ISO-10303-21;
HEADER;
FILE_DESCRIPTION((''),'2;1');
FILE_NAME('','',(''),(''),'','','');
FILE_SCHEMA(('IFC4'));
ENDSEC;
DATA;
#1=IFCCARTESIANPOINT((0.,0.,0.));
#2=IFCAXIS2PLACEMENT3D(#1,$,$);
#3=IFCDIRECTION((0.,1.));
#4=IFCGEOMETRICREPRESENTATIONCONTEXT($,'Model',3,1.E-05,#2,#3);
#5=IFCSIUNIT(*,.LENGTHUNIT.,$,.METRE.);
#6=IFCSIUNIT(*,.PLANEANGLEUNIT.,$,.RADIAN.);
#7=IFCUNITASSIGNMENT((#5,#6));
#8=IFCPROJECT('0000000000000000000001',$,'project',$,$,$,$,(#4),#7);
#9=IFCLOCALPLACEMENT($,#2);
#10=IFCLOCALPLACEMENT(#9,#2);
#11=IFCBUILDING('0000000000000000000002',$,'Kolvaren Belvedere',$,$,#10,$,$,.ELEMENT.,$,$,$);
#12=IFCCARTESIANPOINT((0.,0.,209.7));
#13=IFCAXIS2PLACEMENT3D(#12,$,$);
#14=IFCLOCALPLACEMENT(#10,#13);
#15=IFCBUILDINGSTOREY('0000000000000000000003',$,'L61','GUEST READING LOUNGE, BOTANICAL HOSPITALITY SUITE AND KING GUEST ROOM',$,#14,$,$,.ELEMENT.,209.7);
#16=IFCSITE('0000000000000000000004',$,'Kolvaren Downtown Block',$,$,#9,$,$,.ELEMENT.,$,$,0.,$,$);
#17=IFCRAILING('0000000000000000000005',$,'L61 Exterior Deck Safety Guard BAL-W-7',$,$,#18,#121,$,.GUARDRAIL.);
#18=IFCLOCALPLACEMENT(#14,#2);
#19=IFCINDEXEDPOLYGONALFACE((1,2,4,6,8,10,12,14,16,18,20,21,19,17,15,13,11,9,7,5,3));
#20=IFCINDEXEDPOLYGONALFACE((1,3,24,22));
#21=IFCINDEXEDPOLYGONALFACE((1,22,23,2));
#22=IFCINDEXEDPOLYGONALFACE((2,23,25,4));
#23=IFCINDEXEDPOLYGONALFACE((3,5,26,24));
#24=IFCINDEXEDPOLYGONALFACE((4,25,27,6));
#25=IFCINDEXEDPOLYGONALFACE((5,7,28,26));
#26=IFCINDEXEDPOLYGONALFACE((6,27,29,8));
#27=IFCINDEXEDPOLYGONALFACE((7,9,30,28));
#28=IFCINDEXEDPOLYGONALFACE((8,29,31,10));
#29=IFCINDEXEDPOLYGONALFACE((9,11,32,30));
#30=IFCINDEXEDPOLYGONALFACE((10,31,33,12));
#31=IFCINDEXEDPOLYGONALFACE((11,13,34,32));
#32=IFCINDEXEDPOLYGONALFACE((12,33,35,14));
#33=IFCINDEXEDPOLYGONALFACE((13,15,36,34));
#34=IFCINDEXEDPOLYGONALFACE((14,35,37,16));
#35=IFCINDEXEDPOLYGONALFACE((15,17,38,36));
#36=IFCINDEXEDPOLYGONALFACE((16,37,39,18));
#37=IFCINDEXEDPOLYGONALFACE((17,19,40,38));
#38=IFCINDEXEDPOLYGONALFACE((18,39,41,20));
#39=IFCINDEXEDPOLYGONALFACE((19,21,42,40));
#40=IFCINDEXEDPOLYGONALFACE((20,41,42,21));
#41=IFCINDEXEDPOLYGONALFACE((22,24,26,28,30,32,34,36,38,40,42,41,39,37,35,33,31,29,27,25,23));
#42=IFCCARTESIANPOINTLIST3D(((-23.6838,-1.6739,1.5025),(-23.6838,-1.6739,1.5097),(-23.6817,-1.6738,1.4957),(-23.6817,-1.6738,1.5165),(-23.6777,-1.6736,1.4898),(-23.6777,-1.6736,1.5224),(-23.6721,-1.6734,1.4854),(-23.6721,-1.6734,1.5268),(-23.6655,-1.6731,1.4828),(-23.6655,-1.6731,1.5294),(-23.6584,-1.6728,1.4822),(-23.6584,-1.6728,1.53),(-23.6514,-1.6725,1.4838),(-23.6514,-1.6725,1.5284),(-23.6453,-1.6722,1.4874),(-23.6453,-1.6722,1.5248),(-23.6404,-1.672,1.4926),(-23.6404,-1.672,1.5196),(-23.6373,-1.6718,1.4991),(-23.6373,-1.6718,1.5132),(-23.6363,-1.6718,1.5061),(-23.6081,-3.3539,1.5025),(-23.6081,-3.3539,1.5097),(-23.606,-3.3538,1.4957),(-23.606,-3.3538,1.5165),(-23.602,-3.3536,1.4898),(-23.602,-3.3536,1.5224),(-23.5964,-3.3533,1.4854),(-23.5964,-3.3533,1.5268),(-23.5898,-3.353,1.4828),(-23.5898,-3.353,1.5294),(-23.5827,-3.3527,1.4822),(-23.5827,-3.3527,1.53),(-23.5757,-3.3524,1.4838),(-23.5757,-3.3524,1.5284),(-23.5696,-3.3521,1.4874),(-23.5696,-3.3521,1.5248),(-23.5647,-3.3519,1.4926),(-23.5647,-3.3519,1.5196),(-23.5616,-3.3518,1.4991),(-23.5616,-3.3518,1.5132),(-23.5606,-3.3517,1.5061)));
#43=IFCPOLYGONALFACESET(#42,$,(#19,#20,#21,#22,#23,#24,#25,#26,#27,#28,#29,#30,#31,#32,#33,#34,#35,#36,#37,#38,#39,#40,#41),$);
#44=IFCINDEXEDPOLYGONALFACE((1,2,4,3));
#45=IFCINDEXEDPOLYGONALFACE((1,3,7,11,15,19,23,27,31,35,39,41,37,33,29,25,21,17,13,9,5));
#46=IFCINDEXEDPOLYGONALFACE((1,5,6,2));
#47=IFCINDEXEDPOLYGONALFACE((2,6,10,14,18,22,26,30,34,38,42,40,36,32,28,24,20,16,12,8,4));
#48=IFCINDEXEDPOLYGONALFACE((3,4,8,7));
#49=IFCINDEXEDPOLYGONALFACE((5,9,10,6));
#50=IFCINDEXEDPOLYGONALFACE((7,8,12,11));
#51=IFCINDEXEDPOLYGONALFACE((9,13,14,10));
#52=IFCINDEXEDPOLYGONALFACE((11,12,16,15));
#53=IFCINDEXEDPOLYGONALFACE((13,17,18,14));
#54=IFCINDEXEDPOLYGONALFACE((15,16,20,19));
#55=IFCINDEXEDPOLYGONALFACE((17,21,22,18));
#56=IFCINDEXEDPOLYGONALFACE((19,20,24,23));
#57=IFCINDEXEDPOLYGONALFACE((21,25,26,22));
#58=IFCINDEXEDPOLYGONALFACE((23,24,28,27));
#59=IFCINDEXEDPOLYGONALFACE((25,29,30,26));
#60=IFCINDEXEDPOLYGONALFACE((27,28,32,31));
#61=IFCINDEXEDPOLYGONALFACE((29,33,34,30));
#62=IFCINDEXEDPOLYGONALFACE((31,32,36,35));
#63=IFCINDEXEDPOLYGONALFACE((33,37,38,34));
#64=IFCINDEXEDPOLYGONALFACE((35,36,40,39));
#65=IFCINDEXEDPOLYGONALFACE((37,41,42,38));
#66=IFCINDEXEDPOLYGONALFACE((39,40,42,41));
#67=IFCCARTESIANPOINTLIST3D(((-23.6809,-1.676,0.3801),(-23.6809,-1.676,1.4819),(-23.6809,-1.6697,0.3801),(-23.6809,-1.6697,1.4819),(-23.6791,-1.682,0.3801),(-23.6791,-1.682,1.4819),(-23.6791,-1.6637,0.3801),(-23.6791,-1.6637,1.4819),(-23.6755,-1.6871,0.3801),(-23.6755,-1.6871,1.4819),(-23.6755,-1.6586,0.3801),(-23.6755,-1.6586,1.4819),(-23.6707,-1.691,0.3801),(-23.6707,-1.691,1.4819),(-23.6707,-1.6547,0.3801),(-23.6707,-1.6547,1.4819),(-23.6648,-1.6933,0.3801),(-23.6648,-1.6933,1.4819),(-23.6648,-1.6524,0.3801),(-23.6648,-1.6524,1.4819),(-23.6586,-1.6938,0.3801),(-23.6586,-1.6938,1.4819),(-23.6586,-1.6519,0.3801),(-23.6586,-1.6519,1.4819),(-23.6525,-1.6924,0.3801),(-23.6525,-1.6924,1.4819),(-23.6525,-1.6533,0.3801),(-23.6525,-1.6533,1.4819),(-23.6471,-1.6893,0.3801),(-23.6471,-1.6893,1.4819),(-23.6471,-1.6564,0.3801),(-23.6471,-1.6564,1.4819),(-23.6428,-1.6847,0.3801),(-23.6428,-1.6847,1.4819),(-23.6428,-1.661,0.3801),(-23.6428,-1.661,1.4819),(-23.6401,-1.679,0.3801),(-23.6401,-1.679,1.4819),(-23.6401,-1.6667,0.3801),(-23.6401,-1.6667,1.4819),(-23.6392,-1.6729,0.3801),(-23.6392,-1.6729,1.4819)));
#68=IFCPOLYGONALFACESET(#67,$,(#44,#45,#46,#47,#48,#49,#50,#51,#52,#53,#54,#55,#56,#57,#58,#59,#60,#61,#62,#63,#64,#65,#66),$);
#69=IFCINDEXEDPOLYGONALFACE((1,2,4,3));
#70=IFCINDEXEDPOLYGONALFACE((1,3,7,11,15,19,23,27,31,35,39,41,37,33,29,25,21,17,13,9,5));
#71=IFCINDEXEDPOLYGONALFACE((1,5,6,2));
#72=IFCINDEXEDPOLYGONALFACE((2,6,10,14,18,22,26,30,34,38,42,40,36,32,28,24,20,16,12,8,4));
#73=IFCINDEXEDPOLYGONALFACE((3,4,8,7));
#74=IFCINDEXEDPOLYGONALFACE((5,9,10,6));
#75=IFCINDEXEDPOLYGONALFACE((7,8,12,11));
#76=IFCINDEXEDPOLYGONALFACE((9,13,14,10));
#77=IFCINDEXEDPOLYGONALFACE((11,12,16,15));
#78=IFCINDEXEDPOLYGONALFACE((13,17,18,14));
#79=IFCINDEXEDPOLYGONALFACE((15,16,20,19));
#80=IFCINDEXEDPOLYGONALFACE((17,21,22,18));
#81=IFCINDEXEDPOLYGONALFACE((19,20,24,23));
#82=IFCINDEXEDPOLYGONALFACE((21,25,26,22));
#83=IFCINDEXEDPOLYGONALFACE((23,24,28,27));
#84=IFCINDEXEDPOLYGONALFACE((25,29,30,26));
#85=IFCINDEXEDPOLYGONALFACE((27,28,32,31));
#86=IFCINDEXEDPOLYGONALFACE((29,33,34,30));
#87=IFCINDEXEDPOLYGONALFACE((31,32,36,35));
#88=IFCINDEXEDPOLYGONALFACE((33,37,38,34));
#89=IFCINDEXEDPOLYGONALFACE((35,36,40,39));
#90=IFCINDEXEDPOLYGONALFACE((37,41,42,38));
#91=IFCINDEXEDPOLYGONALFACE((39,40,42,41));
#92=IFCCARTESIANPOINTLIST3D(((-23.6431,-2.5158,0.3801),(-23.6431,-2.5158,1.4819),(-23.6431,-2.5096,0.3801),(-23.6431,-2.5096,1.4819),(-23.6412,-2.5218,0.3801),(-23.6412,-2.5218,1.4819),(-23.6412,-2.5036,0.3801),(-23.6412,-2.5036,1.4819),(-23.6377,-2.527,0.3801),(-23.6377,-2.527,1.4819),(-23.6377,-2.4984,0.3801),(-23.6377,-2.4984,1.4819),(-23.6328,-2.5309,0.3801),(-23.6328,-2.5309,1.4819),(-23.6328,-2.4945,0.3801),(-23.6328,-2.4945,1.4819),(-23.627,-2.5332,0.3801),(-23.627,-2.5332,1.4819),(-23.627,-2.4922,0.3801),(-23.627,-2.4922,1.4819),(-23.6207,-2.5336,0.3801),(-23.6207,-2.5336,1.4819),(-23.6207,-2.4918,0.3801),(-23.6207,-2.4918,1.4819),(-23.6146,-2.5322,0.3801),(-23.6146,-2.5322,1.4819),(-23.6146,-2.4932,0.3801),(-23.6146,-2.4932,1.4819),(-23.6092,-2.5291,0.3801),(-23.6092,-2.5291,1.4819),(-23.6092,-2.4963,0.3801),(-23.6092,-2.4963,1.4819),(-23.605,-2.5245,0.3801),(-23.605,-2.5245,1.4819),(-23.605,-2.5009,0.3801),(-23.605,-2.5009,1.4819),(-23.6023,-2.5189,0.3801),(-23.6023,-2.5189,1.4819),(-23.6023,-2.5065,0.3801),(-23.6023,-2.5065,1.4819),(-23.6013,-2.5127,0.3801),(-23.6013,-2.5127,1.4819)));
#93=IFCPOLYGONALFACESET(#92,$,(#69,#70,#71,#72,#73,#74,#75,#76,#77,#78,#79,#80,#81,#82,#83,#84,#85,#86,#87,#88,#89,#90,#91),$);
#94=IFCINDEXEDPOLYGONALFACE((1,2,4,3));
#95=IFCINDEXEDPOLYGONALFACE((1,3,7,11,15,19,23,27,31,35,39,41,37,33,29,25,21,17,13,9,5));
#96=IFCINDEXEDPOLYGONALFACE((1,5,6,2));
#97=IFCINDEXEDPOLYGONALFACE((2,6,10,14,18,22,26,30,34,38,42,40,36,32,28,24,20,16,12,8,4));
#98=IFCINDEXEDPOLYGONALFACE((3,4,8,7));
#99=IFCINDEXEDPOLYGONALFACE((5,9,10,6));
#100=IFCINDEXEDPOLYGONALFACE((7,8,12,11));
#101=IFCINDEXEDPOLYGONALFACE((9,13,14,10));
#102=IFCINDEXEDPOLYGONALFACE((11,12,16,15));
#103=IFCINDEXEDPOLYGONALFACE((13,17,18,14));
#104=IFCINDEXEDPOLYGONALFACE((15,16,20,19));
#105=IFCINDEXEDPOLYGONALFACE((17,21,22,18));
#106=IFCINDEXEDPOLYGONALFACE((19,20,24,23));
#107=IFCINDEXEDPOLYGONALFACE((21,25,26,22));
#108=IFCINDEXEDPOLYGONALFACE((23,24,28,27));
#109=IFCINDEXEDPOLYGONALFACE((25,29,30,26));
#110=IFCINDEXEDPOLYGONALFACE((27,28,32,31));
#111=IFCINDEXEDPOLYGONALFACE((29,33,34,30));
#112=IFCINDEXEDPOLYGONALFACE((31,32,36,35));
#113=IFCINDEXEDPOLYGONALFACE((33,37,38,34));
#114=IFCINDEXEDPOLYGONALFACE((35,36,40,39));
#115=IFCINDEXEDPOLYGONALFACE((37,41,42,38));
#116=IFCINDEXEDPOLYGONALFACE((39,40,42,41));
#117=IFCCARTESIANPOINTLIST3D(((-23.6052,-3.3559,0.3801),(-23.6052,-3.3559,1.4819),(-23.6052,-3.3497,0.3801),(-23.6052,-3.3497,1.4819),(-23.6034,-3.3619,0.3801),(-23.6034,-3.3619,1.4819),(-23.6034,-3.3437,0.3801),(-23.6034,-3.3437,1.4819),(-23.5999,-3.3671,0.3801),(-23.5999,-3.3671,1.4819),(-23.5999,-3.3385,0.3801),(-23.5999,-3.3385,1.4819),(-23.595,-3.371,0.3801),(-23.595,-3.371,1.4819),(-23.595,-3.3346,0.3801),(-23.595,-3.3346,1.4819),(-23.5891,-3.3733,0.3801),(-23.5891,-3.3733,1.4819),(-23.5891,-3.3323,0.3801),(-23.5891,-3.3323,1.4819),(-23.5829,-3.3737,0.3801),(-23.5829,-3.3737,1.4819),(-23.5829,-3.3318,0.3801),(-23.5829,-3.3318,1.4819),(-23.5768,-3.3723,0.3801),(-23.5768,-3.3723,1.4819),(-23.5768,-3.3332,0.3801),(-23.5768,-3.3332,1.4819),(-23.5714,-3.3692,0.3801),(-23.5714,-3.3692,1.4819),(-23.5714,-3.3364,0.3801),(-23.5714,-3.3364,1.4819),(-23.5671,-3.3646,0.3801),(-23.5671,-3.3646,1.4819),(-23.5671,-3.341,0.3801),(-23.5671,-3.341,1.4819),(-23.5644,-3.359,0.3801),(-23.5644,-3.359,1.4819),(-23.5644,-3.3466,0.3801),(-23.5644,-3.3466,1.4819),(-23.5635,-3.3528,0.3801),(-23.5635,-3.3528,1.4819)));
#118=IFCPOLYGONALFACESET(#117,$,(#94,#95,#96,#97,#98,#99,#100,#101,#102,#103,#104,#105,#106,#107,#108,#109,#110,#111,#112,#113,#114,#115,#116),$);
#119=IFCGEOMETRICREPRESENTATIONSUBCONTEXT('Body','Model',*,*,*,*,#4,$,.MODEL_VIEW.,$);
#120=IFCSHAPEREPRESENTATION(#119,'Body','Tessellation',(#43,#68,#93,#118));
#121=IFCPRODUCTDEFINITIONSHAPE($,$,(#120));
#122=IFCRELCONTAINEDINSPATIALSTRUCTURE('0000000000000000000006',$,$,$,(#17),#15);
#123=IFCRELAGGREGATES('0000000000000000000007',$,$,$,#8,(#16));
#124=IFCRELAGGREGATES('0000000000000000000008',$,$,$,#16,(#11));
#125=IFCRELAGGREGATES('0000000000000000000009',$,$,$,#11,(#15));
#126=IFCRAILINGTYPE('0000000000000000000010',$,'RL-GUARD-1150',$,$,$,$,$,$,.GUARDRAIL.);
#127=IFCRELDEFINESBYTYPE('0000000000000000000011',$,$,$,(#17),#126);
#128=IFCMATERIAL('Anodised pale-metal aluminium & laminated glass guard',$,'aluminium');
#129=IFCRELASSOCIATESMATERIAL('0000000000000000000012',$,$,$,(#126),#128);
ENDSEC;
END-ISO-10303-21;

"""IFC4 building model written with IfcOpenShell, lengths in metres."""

from ifc_helpers import new_model, si_unit, direction, frame, origin, origin_2d, place, context, subcontext, project, spatial, circle, extrude, material, type_object, element, save


model = new_model("IFC4")

# Units and contexts
model_context = context("Model", 3, precision=1e-05, world=origin(), true_north=direction((0.0, 1.0)))
body_context = subcontext(model_context, "Body", "Model", "MODEL_VIEW")
ifc_project = project(units=[si_unit("LENGTHUNIT", "METRE"), si_unit("PLANEANGLEUNIT", "RADIAN")], contexts=[model_context])

# Site, building, storey
site_placement = place(None, origin())
site = spatial("IfcSite", under=ifc_project, at=site_placement, Name="Kolvaren Downtown Block", CompositionType="ELEMENT", RefElevation=0.0)
building_placement = place(site_placement, origin())
building = spatial("IfcBuilding", under=site, at=building_placement, Name="Kolvaren Belvedere", CompositionType="ELEMENT")
storey_placement = place(building_placement, frame((0.0, 0.0, 209.7)))
storey = spatial("IfcBuildingStorey", under=building, at=storey_placement, Name="L61", Description="GUEST READING LOUNGE, BOTANICAL HOSPITALITY SUITE AND KING GUEST ROOM", CompositionType="ELEMENT", Elevation=209.7)

# Railing
ifc_material_1 = material(Name="Anodised pale-metal aluminium & laminated glass guard", Category="aluminium")
railing_type = type_object("IfcRailingType", Name="RL-GUARD-1150", PredefinedType="GUARDRAIL", material=ifc_material_1)
railing_1_placement = place(storey_placement, frame((-23.6602, -1.6729, 0.3801)))
element("IfcRailing", 1, at=railing_1_placement, inside=storey, type_object=railing_type, Name="L61 Exterior Deck Safety Guard BAL-W-7", PredefinedType="GUARDRAIL", context=body_context, shape_type="SweptSolid", body=[
    extrude(circle(Radius=0.0239, at=origin_2d()), frame((0.0, 0.0, 1.126), z_axis=(0.045006, -0.998987, 0.0), x_axis=(0.998987, 0.045006, 0.0)), (0.0, 0.0, 1.0), 1.6816),
    extrude(circle(Radius=0.021, at=origin_2d()), origin(), (0.0, 0.0, 1.0), 1.1018),
    extrude(circle(Radius=0.021, at=origin_2d()), frame((0.0378, -0.8398, 0.0)), (0.0, 0.0, 1.0), 1.1018),
    extrude(circle(Radius=0.021, at=origin_2d()), frame((0.0757, -1.6799, 0.0)), (0.0, 0.0, 1.0), 1.1018),
])

save(model, "model.ifc")
